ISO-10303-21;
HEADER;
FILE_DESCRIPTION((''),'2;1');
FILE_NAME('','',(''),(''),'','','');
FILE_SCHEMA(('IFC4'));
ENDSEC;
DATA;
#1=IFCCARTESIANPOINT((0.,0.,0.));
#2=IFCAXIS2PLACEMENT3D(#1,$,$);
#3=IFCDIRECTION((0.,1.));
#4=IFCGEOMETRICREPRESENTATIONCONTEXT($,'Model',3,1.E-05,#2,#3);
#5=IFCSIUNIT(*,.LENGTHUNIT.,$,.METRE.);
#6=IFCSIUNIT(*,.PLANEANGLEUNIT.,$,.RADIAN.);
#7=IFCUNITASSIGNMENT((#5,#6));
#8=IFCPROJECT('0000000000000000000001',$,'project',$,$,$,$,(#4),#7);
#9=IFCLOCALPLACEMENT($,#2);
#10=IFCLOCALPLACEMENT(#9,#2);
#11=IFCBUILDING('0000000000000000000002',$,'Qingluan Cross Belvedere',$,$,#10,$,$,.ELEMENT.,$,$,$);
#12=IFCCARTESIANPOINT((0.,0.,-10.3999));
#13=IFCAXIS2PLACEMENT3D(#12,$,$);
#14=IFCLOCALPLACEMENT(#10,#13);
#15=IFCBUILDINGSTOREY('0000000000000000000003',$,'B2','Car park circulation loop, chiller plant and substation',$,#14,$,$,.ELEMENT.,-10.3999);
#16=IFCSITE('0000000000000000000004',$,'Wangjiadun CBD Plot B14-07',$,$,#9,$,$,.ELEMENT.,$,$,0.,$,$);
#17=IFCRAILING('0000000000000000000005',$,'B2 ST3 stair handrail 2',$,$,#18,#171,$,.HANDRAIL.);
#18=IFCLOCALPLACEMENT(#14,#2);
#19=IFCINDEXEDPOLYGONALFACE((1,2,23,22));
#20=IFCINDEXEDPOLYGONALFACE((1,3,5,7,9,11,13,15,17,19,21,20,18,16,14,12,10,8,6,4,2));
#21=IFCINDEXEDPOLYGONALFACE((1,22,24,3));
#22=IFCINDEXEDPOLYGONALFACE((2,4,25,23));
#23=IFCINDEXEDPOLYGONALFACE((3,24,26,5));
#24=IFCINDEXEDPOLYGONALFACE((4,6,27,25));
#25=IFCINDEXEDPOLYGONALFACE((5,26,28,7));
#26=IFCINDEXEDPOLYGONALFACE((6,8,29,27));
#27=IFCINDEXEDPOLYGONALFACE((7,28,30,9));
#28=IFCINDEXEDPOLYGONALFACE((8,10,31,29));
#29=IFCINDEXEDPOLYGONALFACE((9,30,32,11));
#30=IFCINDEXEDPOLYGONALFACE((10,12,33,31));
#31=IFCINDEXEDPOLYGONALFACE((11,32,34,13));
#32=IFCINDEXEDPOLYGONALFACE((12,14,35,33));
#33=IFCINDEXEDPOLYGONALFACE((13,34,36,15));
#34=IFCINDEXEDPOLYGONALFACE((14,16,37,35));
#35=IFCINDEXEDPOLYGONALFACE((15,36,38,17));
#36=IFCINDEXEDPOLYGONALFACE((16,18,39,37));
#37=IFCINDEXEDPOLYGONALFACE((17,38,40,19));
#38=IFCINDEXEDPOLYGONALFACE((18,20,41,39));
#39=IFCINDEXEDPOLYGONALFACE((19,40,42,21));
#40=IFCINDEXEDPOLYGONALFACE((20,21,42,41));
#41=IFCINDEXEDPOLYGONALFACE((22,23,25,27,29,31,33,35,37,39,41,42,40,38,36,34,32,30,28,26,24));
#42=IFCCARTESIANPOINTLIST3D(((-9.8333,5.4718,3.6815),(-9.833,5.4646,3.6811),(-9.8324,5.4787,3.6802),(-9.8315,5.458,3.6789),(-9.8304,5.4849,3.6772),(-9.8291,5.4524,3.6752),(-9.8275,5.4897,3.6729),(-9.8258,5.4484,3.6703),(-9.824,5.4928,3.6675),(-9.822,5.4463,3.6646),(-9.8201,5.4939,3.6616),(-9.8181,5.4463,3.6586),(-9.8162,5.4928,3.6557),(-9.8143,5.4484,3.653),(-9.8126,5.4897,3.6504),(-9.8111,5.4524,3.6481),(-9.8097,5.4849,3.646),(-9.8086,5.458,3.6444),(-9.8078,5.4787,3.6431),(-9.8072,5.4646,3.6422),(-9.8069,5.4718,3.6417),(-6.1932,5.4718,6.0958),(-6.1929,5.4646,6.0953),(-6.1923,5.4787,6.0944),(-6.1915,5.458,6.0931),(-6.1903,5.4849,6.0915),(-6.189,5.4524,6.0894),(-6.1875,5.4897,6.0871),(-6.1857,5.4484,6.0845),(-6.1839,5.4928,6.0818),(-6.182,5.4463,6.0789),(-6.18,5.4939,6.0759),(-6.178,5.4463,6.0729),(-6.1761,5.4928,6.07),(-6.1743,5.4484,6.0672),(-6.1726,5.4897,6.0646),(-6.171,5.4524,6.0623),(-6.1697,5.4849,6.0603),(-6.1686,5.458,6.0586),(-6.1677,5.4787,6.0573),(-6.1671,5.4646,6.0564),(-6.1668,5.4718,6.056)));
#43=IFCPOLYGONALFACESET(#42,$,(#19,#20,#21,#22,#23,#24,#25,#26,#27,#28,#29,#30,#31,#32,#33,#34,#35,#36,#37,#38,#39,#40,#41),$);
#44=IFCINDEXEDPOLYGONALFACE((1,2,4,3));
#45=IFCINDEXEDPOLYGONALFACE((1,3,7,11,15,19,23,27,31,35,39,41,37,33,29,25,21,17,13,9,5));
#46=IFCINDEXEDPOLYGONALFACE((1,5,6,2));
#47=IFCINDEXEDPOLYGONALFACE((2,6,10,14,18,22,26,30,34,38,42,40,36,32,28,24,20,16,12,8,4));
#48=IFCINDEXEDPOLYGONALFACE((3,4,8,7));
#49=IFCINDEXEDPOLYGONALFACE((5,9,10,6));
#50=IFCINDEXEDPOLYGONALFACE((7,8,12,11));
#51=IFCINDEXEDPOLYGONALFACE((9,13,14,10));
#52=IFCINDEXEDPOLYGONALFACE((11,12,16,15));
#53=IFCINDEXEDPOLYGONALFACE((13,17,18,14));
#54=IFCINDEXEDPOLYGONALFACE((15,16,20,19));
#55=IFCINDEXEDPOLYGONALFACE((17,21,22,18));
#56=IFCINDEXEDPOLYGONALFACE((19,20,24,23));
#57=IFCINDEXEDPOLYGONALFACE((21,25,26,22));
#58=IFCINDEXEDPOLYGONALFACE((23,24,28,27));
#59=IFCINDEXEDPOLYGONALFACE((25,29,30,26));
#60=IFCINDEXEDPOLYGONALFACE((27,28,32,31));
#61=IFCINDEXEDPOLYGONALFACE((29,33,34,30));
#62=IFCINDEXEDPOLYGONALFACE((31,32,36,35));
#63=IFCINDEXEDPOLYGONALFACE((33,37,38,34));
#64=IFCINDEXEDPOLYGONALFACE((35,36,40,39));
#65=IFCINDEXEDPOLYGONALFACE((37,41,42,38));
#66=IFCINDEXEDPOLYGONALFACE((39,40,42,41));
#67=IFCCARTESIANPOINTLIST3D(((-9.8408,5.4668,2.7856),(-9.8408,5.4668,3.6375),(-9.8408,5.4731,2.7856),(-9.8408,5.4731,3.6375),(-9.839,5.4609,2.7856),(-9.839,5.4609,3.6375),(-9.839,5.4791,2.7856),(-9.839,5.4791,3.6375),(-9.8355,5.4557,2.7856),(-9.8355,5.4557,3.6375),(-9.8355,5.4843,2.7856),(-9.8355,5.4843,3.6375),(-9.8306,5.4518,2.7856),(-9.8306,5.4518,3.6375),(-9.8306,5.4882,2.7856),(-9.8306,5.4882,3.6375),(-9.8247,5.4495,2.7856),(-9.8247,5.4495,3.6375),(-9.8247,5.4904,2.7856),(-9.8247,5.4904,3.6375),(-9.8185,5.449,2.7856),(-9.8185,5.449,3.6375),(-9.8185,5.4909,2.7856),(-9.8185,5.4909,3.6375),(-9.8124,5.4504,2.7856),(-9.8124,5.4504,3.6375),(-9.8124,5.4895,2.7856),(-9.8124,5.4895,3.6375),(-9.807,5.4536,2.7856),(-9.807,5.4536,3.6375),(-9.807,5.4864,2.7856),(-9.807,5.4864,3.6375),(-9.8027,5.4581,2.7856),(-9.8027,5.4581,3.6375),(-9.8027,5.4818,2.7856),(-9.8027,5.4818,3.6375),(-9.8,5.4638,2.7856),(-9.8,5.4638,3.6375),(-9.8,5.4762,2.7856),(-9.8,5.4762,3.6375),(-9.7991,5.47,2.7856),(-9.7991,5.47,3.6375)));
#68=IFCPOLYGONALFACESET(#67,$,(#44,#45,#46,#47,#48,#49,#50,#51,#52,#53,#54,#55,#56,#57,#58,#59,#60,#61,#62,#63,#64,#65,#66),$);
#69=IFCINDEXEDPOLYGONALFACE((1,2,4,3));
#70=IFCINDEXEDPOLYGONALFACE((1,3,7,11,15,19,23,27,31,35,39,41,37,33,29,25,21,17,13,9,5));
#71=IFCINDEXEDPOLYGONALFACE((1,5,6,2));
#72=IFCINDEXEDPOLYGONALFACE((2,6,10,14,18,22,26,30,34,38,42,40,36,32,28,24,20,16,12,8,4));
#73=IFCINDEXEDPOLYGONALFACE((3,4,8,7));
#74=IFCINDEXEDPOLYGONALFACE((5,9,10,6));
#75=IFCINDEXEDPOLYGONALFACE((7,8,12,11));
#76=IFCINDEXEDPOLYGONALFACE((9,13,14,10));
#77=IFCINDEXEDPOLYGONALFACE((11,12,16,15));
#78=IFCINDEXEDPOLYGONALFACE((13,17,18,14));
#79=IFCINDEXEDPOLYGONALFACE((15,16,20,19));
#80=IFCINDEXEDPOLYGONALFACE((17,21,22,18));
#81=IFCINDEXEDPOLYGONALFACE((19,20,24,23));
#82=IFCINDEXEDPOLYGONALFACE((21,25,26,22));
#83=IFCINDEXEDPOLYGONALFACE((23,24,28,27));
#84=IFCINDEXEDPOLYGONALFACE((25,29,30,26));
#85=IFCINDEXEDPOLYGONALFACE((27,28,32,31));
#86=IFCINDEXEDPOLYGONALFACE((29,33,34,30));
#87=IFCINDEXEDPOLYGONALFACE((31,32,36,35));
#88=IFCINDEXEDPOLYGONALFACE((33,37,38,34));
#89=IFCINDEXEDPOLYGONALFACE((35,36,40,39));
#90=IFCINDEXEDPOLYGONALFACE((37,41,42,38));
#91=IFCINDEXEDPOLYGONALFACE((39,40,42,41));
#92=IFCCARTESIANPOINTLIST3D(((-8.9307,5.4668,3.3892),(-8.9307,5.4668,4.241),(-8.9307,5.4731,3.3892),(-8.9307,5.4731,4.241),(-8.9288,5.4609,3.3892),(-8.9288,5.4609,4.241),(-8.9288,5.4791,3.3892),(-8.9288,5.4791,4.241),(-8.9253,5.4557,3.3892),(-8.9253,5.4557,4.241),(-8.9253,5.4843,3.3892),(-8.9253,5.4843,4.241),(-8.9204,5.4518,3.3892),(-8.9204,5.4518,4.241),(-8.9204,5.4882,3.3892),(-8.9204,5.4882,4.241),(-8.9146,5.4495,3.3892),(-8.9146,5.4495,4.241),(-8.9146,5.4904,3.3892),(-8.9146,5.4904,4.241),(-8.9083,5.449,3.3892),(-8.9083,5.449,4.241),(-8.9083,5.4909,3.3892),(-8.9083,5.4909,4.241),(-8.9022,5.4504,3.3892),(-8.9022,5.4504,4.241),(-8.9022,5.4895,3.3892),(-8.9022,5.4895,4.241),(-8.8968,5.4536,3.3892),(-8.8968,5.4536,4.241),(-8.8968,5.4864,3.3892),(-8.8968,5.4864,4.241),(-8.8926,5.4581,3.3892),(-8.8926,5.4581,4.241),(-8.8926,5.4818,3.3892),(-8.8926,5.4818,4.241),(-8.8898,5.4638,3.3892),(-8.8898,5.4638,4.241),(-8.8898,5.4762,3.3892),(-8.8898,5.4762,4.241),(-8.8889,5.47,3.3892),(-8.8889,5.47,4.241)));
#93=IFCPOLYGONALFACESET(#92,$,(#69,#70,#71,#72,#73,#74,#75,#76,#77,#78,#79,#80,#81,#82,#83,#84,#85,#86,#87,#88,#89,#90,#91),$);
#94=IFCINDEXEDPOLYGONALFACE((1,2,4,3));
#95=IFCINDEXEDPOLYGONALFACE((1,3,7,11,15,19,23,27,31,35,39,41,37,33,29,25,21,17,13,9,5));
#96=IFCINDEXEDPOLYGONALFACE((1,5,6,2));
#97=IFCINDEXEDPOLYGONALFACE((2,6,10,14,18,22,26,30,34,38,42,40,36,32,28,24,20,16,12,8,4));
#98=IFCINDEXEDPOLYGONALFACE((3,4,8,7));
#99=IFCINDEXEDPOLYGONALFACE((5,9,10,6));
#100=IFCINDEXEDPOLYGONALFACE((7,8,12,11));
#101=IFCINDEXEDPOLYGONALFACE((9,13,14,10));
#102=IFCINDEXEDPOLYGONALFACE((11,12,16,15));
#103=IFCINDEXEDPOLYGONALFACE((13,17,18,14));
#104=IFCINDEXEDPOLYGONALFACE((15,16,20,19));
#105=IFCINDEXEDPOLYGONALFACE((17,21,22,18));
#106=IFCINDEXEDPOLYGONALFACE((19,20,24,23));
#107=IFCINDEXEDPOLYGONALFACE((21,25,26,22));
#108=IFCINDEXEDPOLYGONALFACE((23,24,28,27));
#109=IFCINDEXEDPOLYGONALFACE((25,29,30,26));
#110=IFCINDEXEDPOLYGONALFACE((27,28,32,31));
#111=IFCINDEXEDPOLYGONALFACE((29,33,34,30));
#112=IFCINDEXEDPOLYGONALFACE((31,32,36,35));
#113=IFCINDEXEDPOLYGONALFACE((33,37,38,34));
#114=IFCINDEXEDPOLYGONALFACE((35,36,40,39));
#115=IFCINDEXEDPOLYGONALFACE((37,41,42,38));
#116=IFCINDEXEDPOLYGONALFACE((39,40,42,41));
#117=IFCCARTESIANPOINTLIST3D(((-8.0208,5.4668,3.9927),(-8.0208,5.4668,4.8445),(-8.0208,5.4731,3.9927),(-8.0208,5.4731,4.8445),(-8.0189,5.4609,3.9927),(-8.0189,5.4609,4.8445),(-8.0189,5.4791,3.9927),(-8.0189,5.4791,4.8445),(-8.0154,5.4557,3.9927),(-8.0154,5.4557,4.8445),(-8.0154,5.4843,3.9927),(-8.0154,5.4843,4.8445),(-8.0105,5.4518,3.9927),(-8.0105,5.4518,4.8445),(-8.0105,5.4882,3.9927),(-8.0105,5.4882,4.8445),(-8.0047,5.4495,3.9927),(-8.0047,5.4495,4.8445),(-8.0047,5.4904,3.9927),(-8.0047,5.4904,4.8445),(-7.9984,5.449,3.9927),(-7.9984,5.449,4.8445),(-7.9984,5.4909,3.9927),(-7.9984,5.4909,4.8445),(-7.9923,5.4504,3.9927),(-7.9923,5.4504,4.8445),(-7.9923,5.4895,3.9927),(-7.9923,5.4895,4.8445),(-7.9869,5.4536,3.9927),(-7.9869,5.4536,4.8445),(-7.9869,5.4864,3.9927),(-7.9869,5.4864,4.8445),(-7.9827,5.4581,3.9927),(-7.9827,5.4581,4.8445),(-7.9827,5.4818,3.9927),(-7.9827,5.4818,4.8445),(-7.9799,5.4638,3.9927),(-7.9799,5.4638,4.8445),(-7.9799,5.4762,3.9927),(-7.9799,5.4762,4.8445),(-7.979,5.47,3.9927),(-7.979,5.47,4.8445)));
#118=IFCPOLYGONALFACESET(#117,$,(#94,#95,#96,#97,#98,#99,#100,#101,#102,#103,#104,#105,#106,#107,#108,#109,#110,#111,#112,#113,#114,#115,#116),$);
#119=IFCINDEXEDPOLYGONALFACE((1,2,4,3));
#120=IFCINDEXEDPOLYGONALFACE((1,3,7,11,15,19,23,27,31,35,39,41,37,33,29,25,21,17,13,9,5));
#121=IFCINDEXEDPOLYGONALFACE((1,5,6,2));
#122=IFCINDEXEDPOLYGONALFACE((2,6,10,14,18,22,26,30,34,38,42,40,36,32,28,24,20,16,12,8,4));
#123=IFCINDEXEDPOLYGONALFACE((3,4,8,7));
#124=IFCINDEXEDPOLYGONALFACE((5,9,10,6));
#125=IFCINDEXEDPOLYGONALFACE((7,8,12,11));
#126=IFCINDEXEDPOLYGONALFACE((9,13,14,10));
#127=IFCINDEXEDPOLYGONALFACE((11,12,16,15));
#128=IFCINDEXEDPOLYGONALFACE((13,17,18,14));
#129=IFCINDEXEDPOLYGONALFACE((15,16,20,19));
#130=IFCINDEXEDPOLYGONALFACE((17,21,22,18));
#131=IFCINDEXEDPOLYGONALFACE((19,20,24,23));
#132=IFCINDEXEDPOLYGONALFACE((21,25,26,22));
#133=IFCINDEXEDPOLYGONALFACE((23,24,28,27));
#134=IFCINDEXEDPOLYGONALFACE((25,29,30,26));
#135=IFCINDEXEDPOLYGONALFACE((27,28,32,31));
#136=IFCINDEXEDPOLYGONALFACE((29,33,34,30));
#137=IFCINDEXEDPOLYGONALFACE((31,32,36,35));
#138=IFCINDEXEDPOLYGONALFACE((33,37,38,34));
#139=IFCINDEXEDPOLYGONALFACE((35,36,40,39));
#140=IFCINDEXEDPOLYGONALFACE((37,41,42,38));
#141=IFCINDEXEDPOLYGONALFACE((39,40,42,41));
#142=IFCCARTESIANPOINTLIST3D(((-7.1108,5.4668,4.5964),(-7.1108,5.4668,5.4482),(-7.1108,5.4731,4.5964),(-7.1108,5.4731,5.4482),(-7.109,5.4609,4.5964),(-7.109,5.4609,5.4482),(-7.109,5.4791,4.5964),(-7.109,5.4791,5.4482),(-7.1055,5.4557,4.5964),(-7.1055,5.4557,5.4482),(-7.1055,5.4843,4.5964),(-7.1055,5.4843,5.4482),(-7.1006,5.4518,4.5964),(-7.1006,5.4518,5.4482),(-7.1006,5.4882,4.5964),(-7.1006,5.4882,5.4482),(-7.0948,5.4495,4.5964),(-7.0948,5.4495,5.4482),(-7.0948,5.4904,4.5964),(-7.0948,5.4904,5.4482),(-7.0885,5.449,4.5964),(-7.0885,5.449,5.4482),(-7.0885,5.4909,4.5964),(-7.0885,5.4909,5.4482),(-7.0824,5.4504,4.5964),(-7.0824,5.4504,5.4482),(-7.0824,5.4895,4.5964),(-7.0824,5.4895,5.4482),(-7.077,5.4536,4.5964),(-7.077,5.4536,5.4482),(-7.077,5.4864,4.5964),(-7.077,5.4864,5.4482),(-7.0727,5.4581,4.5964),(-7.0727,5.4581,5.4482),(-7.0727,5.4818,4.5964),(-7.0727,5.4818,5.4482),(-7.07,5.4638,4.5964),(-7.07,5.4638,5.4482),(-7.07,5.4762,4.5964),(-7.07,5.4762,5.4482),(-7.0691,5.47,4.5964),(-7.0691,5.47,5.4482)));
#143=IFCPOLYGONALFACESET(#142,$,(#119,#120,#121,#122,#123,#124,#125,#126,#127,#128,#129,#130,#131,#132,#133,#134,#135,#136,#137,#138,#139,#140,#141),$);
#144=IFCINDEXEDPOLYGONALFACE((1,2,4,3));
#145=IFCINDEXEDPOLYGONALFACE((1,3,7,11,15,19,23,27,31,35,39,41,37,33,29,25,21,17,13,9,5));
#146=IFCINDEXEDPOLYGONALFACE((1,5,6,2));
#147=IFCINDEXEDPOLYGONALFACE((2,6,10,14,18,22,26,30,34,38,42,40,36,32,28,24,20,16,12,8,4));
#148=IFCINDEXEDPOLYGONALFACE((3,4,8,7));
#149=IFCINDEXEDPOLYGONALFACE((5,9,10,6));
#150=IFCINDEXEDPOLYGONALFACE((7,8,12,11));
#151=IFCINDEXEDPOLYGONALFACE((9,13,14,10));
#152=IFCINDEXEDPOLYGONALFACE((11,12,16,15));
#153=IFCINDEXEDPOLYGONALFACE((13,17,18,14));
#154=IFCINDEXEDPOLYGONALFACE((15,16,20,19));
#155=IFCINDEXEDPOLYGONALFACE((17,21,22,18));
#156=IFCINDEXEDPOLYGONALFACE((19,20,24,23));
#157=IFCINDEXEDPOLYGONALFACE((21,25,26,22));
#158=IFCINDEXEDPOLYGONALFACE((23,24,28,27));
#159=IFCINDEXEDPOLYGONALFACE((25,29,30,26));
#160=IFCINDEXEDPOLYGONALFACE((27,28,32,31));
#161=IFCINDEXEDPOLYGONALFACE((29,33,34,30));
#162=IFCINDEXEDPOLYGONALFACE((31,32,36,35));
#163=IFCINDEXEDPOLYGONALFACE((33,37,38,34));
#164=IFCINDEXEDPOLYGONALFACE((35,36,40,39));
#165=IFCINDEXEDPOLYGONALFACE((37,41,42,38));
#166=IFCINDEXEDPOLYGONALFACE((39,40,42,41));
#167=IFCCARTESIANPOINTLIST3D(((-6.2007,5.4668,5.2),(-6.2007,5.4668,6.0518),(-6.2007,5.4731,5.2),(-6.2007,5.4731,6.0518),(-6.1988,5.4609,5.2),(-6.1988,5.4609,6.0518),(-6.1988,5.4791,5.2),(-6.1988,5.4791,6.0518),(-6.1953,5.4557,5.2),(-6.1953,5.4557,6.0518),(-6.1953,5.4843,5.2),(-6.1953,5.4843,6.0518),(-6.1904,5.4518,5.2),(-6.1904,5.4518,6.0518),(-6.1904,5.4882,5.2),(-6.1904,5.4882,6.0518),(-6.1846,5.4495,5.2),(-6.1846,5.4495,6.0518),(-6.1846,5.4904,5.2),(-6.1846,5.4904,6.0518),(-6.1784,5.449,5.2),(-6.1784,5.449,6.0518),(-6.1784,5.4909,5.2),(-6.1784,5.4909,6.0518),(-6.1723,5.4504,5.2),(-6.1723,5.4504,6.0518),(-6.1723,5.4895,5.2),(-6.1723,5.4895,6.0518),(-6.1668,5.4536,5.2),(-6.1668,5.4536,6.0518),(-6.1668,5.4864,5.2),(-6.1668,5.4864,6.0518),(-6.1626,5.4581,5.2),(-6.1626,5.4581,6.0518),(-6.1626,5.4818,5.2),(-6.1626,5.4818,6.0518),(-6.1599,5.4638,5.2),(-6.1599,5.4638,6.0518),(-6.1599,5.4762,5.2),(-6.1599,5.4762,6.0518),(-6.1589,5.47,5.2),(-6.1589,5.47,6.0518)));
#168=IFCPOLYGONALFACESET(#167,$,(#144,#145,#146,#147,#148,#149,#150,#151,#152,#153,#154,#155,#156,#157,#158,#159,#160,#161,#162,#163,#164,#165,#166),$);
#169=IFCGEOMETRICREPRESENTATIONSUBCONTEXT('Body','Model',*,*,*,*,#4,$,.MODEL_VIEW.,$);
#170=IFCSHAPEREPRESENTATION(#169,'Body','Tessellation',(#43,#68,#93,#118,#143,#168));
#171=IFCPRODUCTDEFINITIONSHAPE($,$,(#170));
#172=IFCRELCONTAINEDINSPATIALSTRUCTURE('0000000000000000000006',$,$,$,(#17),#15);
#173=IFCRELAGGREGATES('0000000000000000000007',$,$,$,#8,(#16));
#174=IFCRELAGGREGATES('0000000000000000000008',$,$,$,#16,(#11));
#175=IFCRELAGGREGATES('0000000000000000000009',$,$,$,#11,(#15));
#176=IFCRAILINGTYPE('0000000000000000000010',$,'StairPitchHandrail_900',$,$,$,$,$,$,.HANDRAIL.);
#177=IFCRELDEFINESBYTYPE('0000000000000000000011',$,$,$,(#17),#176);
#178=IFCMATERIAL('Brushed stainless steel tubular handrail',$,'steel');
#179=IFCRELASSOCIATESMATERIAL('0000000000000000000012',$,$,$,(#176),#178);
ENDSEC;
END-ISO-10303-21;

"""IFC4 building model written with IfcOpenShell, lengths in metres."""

from ifc_helpers import new_model, si_unit, direction, frame, origin, origin_2d, place, context, subcontext, project, spatial, circle, extrude, material, type_object, element, save


model = new_model("IFC4")

# Units and contexts
model_context = context("Model", 3, precision=1e-05, world=origin(), true_north=direction((0.0, 1.0)))
body_context = subcontext(model_context, "Body", "Model", "MODEL_VIEW")
ifc_project = project(units=[si_unit("LENGTHUNIT", "METRE"), si_unit("PLANEANGLEUNIT", "RADIAN")], contexts=[model_context])

# Site, building, storey
site_placement = place(None, origin())
site = spatial("IfcSite", under=ifc_project, at=site_placement, Name="Wangjiadun CBD Plot B14-07", CompositionType="ELEMENT", RefElevation=0.0)
building_placement = place(site_placement, origin())
building = spatial("IfcBuilding", under=site, at=building_placement, Name="Qingluan Cross Belvedere", CompositionType="ELEMENT")
storey_placement = place(building_placement, frame((0.0, 0.0, -10.3999)))
storey = spatial("IfcBuildingStorey", under=building, at=storey_placement, Name="B2", Description="Car park circulation loop, chiller plant and substation", CompositionType="ELEMENT", Elevation=-10.3999)

# Railing
ifc_material_1 = material(Name="Brushed stainless steel tubular handrail", Category="steel")
railing_type_1 = type_object("IfcRailingType", Name="StairPitchHandrail_900", PredefinedType="HANDRAIL", material=ifc_material_1)
railing_1_placement = place(storey_placement, frame((-9.8201, 5.47, 2.7856)))
element("IfcRailing", 1, at=railing_1_placement, inside=storey, type_object=railing_type_1, Name="B2 ST3 stair handrail 2", PredefinedType="HANDRAIL", context=body_context, shape_type="SweptSolid", body=[
    extrude(circle(Radius=0.0239, at=origin_2d()), frame((0.0, 0.0, 0.876), z_axis=(0.833364, 0.0, 0.552725), x_axis=(0.0, 1.0, 0.0)), (0.0, 0.0, 1.0), 4.3679),
    extrude(circle(Radius=0.021, at=origin_2d()), origin(), (0.0, 0.0, 1.0), 0.8518),
    extrude(circle(Radius=0.021, at=origin_2d()), frame((0.9102, 0.0, 0.6035)), (0.0, 0.0, 1.0), 0.8518),
    extrude(circle(Radius=0.021, at=origin_2d()), frame((1.8201, 0.0, 1.207)), (0.0, 0.0, 1.0), 0.8518),
    extrude(circle(Radius=0.021, at=origin_2d()), frame((2.73, 0.0, 1.8108)), (0.0, 0.0, 1.0), 0.8518),
    extrude(circle(Radius=0.021, at=origin_2d()), frame((3.6401, 0.0, 2.4143)), (0.0, 0.0, 1.0), 0.8518),
])

save(model, "model.ifc")
